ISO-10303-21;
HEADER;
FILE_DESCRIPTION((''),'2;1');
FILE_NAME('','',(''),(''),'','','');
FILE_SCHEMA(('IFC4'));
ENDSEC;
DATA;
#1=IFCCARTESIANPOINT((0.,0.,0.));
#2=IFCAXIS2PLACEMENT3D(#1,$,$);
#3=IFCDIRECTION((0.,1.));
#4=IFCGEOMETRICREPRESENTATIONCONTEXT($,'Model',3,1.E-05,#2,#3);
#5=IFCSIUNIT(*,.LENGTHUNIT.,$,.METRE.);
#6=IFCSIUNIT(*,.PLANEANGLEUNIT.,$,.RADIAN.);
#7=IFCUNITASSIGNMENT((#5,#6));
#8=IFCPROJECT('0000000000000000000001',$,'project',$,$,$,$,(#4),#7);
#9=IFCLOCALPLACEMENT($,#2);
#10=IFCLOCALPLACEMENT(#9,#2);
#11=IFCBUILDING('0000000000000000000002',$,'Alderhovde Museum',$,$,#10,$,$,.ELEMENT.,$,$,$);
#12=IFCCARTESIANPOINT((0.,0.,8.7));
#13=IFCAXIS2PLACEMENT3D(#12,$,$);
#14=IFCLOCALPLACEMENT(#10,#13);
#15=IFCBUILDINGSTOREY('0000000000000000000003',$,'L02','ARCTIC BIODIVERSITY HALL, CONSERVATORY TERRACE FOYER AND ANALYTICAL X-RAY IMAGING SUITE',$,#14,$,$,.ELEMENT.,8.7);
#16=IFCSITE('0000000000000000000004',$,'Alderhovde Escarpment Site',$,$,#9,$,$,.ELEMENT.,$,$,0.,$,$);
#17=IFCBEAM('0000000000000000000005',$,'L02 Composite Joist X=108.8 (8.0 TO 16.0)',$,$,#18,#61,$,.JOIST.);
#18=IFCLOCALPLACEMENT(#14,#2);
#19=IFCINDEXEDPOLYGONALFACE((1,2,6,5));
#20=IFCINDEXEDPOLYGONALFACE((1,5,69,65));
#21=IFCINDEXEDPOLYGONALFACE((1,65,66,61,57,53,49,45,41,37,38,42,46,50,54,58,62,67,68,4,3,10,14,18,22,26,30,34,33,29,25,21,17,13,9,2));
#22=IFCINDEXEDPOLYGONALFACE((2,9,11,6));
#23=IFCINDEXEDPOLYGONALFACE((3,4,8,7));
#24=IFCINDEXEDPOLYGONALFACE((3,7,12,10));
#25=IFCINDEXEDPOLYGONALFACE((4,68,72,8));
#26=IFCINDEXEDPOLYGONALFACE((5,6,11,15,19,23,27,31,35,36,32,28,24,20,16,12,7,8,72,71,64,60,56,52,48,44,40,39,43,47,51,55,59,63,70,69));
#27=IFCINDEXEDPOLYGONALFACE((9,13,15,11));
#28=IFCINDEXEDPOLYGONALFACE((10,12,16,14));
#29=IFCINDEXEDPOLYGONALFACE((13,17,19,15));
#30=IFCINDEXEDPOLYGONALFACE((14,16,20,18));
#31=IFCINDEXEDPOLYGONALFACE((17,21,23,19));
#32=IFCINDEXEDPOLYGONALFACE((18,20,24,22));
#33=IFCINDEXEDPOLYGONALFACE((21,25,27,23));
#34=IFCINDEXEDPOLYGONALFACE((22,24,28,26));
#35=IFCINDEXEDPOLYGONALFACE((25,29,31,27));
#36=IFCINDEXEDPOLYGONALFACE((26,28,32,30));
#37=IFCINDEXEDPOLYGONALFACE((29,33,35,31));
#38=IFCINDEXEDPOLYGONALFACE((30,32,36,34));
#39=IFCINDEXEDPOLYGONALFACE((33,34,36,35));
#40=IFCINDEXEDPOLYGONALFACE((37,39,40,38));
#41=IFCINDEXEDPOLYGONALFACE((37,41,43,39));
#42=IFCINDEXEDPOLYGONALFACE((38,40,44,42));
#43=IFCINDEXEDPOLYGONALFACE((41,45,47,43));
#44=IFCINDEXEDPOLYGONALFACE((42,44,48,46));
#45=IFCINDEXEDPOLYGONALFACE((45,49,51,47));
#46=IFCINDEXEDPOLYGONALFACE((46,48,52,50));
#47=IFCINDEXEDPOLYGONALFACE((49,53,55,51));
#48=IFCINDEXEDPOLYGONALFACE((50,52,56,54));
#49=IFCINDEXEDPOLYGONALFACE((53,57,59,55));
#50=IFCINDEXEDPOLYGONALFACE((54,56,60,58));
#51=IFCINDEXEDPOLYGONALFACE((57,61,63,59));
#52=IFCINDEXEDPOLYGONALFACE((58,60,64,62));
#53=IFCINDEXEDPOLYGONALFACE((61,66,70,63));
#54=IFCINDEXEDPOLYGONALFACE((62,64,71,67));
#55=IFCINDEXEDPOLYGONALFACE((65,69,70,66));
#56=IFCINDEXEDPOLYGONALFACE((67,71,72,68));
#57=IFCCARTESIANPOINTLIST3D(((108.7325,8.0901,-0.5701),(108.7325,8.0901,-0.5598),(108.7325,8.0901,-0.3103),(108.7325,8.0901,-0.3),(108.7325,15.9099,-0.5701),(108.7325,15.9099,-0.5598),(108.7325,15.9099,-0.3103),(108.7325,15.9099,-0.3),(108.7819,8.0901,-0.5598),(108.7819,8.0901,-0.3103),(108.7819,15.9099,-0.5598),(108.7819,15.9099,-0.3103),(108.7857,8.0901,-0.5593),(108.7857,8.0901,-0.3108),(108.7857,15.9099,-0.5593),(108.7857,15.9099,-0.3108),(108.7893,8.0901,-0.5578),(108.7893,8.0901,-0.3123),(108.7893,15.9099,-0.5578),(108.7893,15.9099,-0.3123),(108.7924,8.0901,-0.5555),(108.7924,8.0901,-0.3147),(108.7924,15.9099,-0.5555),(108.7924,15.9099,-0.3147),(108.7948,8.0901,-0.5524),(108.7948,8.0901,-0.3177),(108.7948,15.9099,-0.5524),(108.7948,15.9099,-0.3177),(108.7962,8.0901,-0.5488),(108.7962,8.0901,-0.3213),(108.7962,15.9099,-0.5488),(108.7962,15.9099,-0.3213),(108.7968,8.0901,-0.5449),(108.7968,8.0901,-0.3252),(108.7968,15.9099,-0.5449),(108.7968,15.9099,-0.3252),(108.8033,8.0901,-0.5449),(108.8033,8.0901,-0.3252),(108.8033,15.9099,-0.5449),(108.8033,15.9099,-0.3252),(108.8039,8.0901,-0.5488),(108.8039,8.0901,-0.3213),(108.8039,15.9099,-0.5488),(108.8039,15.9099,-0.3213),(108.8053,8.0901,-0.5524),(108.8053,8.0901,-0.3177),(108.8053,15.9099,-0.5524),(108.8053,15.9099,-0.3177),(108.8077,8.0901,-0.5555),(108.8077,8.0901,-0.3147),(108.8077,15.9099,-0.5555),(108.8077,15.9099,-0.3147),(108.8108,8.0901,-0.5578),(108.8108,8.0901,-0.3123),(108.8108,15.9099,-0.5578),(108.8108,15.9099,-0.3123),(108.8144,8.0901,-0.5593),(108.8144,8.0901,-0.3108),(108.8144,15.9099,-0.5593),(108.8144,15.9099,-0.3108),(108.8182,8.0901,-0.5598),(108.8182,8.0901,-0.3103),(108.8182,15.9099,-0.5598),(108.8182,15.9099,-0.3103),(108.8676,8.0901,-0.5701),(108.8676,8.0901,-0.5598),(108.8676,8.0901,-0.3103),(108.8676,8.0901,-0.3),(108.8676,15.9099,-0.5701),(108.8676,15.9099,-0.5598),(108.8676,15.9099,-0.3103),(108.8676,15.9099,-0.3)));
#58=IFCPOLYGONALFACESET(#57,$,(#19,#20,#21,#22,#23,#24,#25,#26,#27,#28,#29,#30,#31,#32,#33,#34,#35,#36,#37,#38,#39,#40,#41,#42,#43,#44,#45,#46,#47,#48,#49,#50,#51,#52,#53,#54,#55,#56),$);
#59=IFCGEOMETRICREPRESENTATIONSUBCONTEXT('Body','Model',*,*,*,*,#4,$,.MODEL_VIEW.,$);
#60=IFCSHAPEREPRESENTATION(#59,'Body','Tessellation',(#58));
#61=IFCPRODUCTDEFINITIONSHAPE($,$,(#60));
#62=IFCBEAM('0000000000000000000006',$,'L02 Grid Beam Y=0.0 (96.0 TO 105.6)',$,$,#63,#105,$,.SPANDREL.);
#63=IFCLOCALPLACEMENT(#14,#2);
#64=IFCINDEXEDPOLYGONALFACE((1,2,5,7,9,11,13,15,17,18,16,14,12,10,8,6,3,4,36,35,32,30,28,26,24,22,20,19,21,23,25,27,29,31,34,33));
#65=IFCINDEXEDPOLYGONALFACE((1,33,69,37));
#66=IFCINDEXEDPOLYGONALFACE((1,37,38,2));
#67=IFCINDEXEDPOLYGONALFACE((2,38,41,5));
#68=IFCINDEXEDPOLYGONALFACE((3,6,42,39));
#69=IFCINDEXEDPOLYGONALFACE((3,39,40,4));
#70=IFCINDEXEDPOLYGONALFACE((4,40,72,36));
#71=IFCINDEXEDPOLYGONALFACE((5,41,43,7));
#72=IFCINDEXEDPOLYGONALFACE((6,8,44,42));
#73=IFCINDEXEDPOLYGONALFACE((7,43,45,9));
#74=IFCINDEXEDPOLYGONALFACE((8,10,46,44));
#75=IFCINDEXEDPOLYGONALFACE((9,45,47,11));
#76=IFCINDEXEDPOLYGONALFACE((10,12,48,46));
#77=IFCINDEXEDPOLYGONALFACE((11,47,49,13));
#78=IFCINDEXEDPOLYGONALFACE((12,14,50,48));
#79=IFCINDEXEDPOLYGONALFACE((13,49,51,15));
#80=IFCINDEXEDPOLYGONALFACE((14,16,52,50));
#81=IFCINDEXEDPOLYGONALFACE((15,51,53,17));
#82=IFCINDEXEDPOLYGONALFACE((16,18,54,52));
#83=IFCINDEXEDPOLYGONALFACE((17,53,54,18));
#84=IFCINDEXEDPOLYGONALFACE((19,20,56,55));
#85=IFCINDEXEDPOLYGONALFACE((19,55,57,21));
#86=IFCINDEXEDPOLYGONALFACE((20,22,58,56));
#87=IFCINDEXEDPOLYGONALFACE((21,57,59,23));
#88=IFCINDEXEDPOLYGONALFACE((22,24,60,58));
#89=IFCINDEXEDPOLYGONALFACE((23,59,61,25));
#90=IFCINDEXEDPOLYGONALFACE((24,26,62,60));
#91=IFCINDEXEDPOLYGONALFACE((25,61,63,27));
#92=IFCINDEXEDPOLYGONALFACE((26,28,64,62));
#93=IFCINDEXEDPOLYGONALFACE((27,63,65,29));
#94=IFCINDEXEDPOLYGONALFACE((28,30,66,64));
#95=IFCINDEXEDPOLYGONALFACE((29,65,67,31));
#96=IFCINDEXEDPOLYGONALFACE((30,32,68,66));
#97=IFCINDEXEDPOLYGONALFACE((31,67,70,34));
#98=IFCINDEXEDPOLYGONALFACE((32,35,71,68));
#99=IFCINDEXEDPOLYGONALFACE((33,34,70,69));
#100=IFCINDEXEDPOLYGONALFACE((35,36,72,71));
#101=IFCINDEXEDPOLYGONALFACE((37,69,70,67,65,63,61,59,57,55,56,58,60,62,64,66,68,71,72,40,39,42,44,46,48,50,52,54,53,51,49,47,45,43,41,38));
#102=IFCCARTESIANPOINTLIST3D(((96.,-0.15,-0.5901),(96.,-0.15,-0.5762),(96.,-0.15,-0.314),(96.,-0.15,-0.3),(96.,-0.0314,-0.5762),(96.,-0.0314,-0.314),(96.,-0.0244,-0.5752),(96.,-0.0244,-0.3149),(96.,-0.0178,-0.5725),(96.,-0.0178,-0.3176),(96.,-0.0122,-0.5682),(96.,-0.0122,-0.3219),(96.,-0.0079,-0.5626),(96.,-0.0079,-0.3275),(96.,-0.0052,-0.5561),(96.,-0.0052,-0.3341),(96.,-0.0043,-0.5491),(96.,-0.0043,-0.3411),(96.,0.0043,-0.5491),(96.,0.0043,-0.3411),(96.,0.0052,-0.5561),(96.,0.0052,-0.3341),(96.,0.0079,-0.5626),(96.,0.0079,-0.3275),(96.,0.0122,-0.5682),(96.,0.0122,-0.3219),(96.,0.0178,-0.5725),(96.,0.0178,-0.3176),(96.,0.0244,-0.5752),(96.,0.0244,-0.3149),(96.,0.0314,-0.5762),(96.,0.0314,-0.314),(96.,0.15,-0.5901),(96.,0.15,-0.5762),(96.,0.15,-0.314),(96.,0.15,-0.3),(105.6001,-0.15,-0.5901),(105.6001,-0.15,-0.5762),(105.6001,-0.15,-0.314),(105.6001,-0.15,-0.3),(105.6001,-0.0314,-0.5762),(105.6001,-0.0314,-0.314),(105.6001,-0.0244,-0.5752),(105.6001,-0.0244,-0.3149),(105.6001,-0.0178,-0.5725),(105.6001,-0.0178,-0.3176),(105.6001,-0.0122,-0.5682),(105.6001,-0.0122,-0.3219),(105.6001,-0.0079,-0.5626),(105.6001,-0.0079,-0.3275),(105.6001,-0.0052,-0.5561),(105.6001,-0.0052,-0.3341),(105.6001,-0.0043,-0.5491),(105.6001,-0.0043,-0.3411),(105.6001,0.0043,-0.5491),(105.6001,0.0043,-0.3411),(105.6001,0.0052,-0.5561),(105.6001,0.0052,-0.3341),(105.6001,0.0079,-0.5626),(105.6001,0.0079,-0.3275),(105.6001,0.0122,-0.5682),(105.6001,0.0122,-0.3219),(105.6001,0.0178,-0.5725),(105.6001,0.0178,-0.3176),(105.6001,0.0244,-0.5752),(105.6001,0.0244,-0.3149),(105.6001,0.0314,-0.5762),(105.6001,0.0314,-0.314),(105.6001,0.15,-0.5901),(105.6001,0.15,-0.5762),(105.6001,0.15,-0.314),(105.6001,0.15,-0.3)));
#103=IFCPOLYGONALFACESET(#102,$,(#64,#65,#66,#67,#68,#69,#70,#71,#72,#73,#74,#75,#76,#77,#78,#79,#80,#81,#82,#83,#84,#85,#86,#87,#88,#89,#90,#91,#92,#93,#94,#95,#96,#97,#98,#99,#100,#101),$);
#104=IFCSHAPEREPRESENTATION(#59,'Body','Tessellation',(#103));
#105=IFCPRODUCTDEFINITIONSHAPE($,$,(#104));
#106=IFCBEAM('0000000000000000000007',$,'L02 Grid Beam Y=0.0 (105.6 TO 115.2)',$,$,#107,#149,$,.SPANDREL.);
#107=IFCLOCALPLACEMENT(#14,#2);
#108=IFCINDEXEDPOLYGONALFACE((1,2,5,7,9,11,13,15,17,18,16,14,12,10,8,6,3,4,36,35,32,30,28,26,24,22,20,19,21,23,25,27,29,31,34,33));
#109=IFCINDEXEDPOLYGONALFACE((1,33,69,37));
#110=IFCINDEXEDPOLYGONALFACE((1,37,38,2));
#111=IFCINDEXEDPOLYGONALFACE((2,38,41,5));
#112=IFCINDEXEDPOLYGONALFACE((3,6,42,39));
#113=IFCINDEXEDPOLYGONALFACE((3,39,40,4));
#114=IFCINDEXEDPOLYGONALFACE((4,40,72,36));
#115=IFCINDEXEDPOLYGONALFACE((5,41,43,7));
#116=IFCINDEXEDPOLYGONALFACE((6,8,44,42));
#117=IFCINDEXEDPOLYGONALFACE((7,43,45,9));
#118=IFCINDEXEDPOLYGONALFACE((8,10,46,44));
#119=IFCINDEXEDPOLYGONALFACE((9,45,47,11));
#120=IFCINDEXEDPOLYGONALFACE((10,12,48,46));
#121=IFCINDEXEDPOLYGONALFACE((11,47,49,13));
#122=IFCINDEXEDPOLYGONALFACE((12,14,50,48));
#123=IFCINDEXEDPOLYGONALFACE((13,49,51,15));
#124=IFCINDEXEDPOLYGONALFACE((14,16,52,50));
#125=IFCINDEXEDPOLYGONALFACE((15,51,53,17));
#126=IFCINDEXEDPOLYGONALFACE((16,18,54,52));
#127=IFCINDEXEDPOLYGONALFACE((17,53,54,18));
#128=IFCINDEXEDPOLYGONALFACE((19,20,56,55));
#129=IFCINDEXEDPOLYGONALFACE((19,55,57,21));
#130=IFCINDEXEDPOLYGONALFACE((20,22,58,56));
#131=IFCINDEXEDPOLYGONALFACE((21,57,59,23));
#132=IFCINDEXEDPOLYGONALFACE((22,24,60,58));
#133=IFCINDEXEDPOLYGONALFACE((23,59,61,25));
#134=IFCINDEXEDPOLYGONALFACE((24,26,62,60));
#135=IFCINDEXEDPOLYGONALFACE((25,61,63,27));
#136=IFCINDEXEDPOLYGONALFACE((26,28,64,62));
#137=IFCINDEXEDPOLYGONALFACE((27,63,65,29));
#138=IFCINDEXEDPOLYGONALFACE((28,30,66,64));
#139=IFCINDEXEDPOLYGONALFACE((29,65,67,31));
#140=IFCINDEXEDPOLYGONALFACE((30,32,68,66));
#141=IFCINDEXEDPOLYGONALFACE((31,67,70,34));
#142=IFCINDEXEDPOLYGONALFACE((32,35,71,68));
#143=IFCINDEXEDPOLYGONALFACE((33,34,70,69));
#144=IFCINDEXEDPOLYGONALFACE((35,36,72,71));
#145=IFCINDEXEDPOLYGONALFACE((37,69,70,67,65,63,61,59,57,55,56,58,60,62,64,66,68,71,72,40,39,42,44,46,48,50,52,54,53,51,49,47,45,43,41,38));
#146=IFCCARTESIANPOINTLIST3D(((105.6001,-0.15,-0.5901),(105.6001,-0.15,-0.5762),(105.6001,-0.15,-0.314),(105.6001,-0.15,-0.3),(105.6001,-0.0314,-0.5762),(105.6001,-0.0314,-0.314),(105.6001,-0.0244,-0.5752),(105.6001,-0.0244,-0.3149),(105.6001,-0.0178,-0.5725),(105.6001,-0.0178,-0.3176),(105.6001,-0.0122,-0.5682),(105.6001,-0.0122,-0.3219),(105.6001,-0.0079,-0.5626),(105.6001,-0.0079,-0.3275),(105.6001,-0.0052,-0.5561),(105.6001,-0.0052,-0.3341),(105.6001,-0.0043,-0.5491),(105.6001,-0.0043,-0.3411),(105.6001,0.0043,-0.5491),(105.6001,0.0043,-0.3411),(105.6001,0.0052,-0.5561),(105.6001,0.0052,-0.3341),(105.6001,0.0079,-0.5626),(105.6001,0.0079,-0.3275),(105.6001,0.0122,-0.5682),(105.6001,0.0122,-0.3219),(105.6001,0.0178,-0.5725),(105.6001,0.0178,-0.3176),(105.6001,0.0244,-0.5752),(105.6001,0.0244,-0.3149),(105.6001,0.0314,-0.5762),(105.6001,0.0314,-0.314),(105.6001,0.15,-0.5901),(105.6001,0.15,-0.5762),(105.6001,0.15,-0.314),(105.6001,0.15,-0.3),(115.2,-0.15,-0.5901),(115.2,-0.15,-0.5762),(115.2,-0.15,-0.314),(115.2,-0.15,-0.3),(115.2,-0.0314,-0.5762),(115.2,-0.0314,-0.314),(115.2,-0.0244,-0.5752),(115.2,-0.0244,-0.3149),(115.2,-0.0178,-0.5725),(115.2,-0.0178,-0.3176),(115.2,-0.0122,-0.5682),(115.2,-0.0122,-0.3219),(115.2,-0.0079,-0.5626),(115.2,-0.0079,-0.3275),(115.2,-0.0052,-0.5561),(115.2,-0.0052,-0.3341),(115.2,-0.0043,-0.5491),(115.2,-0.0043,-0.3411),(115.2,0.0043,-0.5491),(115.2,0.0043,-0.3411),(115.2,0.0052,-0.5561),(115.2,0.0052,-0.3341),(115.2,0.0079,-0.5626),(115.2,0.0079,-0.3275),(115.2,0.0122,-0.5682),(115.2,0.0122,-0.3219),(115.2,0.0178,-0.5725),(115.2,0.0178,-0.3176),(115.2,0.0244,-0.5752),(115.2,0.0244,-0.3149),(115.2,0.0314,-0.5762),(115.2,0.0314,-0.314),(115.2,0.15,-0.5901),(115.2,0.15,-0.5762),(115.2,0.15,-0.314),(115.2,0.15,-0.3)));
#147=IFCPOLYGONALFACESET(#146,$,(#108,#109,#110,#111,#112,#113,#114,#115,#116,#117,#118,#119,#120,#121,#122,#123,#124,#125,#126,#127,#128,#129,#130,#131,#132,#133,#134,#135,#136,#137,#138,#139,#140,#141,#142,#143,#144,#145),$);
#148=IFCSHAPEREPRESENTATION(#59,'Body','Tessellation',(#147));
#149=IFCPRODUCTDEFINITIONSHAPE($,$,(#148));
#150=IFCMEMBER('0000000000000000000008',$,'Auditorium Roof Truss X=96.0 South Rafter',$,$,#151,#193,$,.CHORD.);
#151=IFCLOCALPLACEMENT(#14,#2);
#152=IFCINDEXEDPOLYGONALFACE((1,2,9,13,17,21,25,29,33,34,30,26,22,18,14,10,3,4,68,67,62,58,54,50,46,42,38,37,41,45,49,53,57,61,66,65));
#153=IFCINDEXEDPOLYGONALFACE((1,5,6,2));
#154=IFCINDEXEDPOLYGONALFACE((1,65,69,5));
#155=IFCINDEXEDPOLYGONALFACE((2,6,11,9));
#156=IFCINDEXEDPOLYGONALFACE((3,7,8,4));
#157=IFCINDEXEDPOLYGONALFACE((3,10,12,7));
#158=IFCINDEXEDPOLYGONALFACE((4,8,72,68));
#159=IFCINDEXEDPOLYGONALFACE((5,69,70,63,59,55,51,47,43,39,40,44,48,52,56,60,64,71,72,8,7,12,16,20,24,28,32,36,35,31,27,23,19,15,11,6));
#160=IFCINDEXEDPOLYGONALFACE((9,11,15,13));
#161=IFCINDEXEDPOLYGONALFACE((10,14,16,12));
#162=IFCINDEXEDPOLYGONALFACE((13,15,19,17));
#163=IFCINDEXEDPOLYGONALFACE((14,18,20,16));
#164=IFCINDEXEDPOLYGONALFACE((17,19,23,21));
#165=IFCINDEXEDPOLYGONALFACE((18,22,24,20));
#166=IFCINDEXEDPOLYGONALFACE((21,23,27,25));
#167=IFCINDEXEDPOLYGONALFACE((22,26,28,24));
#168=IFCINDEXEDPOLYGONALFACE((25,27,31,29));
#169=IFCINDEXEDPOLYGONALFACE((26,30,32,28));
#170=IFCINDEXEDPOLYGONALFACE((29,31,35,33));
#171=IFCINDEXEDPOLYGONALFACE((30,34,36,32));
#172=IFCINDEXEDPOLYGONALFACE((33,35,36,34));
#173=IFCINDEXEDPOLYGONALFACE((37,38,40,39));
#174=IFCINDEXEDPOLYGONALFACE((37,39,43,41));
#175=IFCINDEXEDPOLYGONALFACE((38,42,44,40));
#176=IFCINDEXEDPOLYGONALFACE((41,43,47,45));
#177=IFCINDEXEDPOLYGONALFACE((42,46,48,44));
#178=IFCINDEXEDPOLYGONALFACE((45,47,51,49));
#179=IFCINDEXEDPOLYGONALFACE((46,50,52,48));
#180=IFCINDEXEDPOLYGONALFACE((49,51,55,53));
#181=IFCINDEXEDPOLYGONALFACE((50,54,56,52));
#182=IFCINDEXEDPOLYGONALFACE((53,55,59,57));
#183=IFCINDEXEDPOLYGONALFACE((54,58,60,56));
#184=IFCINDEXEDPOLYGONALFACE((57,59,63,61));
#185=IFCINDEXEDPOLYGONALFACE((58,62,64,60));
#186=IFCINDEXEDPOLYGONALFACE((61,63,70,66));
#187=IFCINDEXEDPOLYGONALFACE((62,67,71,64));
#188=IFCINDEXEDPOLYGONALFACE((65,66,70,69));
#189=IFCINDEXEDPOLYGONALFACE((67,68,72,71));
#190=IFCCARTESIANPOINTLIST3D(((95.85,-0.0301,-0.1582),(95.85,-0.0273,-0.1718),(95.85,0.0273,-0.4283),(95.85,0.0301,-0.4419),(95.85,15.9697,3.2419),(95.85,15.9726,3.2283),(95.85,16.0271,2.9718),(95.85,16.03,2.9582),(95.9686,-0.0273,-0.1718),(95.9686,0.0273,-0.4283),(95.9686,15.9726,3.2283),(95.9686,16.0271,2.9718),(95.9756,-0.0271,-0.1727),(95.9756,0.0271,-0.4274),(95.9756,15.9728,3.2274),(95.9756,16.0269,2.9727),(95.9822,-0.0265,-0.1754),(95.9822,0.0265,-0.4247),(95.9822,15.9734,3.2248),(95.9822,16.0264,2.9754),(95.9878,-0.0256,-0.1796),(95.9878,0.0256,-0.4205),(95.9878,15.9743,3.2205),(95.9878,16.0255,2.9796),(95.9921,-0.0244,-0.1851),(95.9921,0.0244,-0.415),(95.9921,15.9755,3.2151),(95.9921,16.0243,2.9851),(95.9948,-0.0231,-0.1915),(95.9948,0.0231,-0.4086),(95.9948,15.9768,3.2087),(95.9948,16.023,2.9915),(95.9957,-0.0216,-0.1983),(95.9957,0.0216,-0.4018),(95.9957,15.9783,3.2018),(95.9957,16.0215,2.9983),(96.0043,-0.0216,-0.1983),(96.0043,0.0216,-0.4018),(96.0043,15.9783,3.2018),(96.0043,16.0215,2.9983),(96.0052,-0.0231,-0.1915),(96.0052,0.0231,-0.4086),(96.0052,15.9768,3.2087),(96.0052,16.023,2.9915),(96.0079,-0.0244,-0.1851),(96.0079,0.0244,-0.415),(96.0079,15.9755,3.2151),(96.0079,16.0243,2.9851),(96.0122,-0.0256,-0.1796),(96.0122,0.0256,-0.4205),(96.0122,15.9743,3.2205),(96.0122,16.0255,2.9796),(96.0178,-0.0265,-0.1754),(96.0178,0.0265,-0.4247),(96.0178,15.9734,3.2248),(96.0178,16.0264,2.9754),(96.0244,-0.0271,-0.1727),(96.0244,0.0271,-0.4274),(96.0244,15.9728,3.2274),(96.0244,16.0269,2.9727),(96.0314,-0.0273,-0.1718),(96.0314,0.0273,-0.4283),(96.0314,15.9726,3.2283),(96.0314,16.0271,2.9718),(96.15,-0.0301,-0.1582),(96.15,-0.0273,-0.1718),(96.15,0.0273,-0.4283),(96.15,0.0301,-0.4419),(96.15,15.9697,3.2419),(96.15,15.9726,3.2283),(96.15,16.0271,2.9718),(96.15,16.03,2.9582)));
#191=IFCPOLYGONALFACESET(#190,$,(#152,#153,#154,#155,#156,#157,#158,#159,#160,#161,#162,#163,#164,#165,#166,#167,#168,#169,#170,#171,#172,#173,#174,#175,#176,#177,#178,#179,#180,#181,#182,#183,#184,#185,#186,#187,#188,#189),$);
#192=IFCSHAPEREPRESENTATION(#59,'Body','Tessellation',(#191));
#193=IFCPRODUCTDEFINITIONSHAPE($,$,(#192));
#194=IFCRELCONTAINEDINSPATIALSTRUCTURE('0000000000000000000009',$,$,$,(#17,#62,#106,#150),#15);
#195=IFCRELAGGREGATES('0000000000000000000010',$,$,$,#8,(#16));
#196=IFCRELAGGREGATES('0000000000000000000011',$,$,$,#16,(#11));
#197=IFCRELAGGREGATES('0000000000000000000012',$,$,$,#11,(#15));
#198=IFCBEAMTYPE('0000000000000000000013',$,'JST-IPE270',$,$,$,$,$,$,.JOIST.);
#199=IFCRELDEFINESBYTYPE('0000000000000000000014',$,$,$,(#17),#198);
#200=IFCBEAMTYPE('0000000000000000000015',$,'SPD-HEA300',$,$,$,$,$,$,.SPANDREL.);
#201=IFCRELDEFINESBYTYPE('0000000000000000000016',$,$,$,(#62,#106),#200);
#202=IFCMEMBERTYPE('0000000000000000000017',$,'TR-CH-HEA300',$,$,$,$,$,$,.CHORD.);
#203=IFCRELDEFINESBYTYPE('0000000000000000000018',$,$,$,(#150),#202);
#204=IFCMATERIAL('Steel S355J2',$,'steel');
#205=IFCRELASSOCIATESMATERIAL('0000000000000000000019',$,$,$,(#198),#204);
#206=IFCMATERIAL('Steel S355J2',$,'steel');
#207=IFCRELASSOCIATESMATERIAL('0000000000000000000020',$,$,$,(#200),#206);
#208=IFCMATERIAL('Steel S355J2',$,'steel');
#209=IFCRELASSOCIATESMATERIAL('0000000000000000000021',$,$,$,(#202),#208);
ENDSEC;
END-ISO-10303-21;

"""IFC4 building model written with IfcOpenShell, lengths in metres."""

from ifc_helpers import new_model, si_unit, direction, frame, origin, origin_2d, place, context, subcontext, project, spatial, i_section, extrude, material, material_profile, profile_set, type_object, element, save


model = new_model("IFC4")

# Units and contexts
model_context = context("Model", 3, precision=1e-05, world=origin(), true_north=direction((0.0, 1.0)))
body_context = subcontext(model_context, "Body", "Model", "MODEL_VIEW")
ifc_project = project(units=[si_unit("LENGTHUNIT", "METRE"), si_unit("PLANEANGLEUNIT", "RADIAN")], contexts=[model_context])

# Site, building, storey
site_placement = place(None, origin())
site = spatial("IfcSite", under=ifc_project, at=site_placement, Name="Alderhovde Escarpment Site", CompositionType="ELEMENT", RefElevation=0.0)
building_placement = place(site_placement, origin())
building = spatial("IfcBuilding", under=site, at=building_placement, Name="Alderhovde Museum", CompositionType="ELEMENT")
storey_placement = place(building_placement, frame((0.0, 0.0, 8.7)))
storey = spatial("IfcBuildingStorey", under=building, at=storey_placement, Name="L02", Description="ARCTIC BIODIVERSITY HALL, CONSERVATORY TERRACE FOYER AND ANALYTICAL X-RAY IMAGING SUITE", CompositionType="ELEMENT", Elevation=8.7)

# Beams
ifc_material_1 = material(Name="Steel S355J2", Category="steel")
ifc_material_profile_1 = material_profile(ifc_material_1, i_section(OverallWidth=0.135, OverallDepth=0.27, WebThickness=0.0066, FlangeThickness=0.0103, FilletRadius=0.0149, at=origin_2d()), Name="IPE 270")
ifc_profile_set_1 = profile_set([ifc_material_profile_1], Name="Steel S355J2")
beam_type_1 = type_object("IfcBeamType", Name="JST-IPE270", PredefinedType="JOIST", material=ifc_profile_set_1)
beam_1_placement = place(storey_placement, frame((108.8, 8.0901, -0.4351), z_axis=(0.0, 1.0, 0.0), x_axis=(-1.0, 0.0, 0.0)))
element("IfcBeam", 1, at=beam_1_placement, inside=storey, type_object=beam_type_1, Name="L02 Composite Joist X=108.8 (8.0 TO 16.0)", PredefinedType="JOIST", context=body_context, shape_type="SweptSolid", body=[
    extrude(i_section(OverallWidth=0.135, OverallDepth=0.27, WebThickness=0.0066, FlangeThickness=0.0103, FilletRadius=0.0149, at=origin_2d()), origin(), (0.0, 0.0, 1.0), 7.8198),
])
ifc_material_2 = material(Name="Steel S355J2", Category="steel")
ifc_material_profile_2 = material_profile(ifc_material_2, i_section(OverallWidth=0.3, OverallDepth=0.29, WebThickness=0.0085, FlangeThickness=0.0139, FilletRadius=0.0271, at=origin_2d()), Name="HEA 300")
ifc_profile_set_2 = profile_set([ifc_material_profile_2], Name="Steel S355J2")
beam_type_2 = type_object("IfcBeamType", Name="SPD-HEA300", PredefinedType="SPANDREL", material=ifc_profile_set_2)
beam_2_placement = place(storey_placement, frame((96.0, 0.0, -0.4451), z_axis=(1.0, 0.0, 0.0), x_axis=(0.0, 1.0, 0.0)))
element("IfcBeam", 2, at=beam_2_placement, inside=storey, type_object=beam_type_2, Name="L02 Grid Beam Y=0.0 (96.0 TO 105.6)", PredefinedType="SPANDREL", context=body_context, shape_type="SweptSolid", body=[
    extrude(i_section(OverallWidth=0.3, OverallDepth=0.29, WebThickness=0.0085, FlangeThickness=0.0139, FilletRadius=0.0271, at=origin_2d()), origin(), (0.0, 0.0, 1.0), 9.6001),
])
beam_3_placement = place(storey_placement, frame((105.6001, 0.0, -0.4451), z_axis=(1.0, 0.0, 0.0), x_axis=(0.0, 1.0, 0.0)))
element("IfcBeam", 3, at=beam_3_placement, inside=storey, type_object=beam_type_2, Name="L02 Grid Beam Y=0.0 (105.6 TO 115.2)", PredefinedType="SPANDREL", context=body_context, shape_type="SweptSolid", body=[
    extrude(i_section(OverallWidth=0.3, OverallDepth=0.29, WebThickness=0.0085, FlangeThickness=0.0139, FilletRadius=0.0271, at=origin_2d()), origin(), (0.0, 0.0, 1.0), 9.5999),
])

# Member
ifc_material_3 = material(Name="Steel S355J2", Category="steel")
ifc_material_profile_3 = material_profile(ifc_material_3, i_section(OverallWidth=0.3, OverallDepth=0.29, WebThickness=0.0085, FlangeThickness=0.0139, FilletRadius=0.0271, at=origin_2d()), Name="HEA 300")
ifc_profile_set_3 = profile_set([ifc_material_profile_3], Name="Steel S355J2")
member_type_1 = type_object("IfcMemberType", Name="TR-CH-HEA300", PredefinedType="CHORD", material=ifc_profile_set_3)
member_1_placement = place(storey_placement, frame((96.0, 0.0, -0.3), z_axis=(0.0, 0.978157, 0.207867), x_axis=(-1.0, 0.0, 0.0)))
element("IfcMember", 4, at=member_1_placement, inside=storey, type_object=member_type_1, Name="Auditorium Roof Truss X=96.0 South Rafter", PredefinedType="CHORD", context=body_context, shape_type="SweptSolid", body=[
    extrude(i_section(OverallWidth=0.3, OverallDepth=0.29, WebThickness=0.0085, FlangeThickness=0.0139, FilletRadius=0.0271, at=origin_2d()), origin(), (0.0, 0.0, 1.0), 16.3572),
])

save(model, "model.ifc")
